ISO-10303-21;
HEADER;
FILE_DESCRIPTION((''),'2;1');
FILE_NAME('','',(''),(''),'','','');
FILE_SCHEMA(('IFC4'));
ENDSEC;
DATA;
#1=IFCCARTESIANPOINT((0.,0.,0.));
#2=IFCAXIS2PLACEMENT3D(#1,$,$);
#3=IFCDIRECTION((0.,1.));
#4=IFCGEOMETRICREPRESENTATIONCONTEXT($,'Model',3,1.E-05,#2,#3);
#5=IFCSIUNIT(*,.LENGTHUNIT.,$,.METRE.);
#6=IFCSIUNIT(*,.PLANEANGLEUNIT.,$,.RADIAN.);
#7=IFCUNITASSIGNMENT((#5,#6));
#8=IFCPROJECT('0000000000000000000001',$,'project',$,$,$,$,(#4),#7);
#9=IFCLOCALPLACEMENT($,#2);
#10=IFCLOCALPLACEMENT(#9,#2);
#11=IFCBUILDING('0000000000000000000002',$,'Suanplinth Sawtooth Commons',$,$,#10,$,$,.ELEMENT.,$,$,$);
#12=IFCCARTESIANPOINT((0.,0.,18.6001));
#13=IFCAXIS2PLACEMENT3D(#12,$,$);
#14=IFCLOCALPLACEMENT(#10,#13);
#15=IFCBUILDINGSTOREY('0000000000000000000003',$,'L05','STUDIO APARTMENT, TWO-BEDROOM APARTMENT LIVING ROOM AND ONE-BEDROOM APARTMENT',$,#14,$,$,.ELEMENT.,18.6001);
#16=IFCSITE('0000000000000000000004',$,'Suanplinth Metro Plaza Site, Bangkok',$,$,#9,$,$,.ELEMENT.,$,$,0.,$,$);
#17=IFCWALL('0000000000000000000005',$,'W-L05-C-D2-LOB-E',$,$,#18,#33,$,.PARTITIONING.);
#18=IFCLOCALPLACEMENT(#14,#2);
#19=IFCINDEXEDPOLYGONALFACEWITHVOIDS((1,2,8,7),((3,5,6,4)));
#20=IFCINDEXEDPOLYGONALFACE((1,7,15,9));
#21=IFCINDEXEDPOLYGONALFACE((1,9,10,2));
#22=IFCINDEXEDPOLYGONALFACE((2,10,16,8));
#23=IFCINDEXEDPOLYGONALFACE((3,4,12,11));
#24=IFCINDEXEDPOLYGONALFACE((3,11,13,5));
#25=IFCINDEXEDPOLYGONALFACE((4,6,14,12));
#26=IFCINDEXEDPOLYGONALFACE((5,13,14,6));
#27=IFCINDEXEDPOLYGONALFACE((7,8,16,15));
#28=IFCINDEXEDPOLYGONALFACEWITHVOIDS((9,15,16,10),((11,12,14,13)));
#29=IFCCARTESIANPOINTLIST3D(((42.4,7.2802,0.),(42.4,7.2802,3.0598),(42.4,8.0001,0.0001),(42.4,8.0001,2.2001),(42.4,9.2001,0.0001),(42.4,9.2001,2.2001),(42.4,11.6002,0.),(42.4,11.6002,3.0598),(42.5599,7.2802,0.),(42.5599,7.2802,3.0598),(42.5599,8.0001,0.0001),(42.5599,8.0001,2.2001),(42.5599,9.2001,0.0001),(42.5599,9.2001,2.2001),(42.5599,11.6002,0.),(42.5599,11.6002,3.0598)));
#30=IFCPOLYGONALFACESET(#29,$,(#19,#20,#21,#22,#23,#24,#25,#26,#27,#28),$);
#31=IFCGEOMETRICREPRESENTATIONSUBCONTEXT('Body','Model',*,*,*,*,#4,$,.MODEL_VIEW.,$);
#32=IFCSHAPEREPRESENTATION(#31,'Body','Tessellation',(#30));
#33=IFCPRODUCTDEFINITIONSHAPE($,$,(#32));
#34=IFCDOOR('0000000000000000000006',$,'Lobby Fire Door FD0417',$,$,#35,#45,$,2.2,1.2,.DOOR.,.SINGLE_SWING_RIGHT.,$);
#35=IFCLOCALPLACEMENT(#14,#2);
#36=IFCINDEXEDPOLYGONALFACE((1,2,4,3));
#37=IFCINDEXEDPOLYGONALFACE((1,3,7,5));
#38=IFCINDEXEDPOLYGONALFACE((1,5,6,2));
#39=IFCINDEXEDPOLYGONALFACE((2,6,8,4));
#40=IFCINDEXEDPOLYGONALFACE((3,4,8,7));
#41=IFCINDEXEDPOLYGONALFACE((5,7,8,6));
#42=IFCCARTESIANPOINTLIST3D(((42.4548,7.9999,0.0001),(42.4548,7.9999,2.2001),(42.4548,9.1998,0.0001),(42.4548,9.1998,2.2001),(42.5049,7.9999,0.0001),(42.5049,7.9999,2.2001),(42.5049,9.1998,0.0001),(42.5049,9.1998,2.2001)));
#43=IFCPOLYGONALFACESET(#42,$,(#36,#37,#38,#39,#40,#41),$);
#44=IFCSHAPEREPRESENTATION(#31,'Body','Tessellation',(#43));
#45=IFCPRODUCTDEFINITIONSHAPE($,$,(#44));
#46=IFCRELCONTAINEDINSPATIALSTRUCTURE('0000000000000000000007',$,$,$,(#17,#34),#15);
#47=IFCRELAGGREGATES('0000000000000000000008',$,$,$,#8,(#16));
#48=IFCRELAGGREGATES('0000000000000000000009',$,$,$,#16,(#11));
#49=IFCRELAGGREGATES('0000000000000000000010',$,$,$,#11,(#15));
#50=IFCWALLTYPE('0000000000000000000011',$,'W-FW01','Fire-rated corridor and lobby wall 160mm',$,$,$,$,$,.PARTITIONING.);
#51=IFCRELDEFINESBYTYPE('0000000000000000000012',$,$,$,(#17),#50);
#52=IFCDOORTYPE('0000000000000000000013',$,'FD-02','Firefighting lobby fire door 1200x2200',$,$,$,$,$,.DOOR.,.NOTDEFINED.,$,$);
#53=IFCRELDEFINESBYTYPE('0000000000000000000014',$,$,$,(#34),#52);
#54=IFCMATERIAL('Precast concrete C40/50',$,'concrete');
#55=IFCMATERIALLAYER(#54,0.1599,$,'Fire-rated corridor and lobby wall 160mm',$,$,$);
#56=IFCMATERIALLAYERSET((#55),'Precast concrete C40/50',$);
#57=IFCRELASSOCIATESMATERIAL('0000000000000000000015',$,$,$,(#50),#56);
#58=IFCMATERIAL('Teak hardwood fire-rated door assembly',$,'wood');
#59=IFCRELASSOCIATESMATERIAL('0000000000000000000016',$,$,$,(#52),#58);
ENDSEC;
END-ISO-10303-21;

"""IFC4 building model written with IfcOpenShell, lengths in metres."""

from ifc_helpers import new_model, si_unit, direction, frame, frame_2d, origin, place, context, subcontext, project, spatial, rectangle, extrude, material, layer, layer_set, type_object, element, fill, save


model = new_model("IFC4")

# Units and contexts
model_context = context("Model", 3, precision=1e-05, world=origin(), true_north=direction((0.0, 1.0)))
body_context = subcontext(model_context, "Body", "Model", "MODEL_VIEW")
ifc_project = project(units=[si_unit("LENGTHUNIT", "METRE"), si_unit("PLANEANGLEUNIT", "RADIAN")], contexts=[model_context])

# Site, building, storey
site_placement = place(None, origin())
site = spatial("IfcSite", under=ifc_project, at=site_placement, Name="Suanplinth Metro Plaza Site, Bangkok", CompositionType="ELEMENT", RefElevation=0.0)
building_placement = place(site_placement, origin())
building = spatial("IfcBuilding", under=site, at=building_placement, Name="Suanplinth Sawtooth Commons", CompositionType="ELEMENT")
storey_placement = place(building_placement, frame((0.0, 0.0, 18.6001)))
storey = spatial("IfcBuildingStorey", under=building, at=storey_placement, Name="L05", Description="STUDIO APARTMENT, TWO-BEDROOM APARTMENT LIVING ROOM AND ONE-BEDROOM APARTMENT", CompositionType="ELEMENT", Elevation=18.6001)

# Shared definitions
ifc_material_1 = material(Name="Precast concrete C40/50", Category="concrete")

# Wall, opening, door
ifc_layer_1 = layer(ifc_material_1, 0.1599, Name="Fire-rated corridor and lobby wall 160mm")
ifc_layer_set_1 = layer_set([ifc_layer_1], Name="Precast concrete C40/50")
wall_type = type_object("IfcWallType", Name="W-FW01", Description="Fire-rated corridor and lobby wall 160mm", PredefinedType="PARTITIONING", material=ifc_layer_set_1)
wall_placement = place(storey_placement, frame((42.48, 7.28, 0.0), z_axis=(0.0, 0.0, 1.0), x_axis=(0.0, 1.0, 0.0)))
wall = element("IfcWall", 1, at=wall_placement, inside=storey, type_object=wall_type, Name="W-L05-C-D2-LOB-E", PredefinedType="PARTITIONING", context=body_context, shape_type="SweptSolid", body=[
    extrude(rectangle(XDim=4.3201, YDim=0.1599, at=frame_2d((2.1602, 0.0))), origin(), (0.0, 0.0, 1.0), 3.0598),
])
opening_placement = place(wall_placement, frame((0.72, 0.0, 0.0)))
opening = element("IfcOpeningElement", 2, at=opening_placement, cuts=wall, PredefinedType="OPENING", context=body_context, shape_type="SweptSolid", body=[
    extrude(rectangle(XDim=1.2, YDim=2.2, at=frame_2d((0.6001, 1.1001))), frame((0.0, 0.0947, 0.0), z_axis=(0.0, -1.0, 0.0), x_axis=(1.0, 0.0, 0.0)), (0.0, 0.0, 1.0), 0.1897),
])
ifc_material_2 = material(Name="Teak hardwood fire-rated door assembly", Category="wood")
door_type = type_object("IfcDoorType", Name="FD-02", Description="Firefighting lobby fire door 1200x2200", OperationType="NOTDEFINED", PredefinedType="DOOR", material=ifc_material_2)
door_placement = place(opening_placement, frame((1.2, 0.0, 0.0), z_axis=(0.0, 0.0, 1.0), x_axis=(-1.0, 0.0, 0.0)))
door = element("IfcDoor", 3, at=door_placement, inside=storey, type_object=door_type, Name="Lobby Fire Door FD0417", OperationType="SINGLE_SWING_RIGHT", OverallHeight=2.2, OverallWidth=1.2, PredefinedType="DOOR", context=body_context, shape_type="SweptSolid", body=[
    extrude(rectangle(XDim=1.2, YDim=2.2, at=frame_2d((0.6001, 1.1001))), frame((0.0, 0.0249, 0.0), z_axis=(0.0, -1.0, 0.0), x_axis=(1.0, 0.0, 0.0)), (0.0, 0.0, 1.0), 0.05),
])
fill(opening, door)

save(model, "model.ifc")
